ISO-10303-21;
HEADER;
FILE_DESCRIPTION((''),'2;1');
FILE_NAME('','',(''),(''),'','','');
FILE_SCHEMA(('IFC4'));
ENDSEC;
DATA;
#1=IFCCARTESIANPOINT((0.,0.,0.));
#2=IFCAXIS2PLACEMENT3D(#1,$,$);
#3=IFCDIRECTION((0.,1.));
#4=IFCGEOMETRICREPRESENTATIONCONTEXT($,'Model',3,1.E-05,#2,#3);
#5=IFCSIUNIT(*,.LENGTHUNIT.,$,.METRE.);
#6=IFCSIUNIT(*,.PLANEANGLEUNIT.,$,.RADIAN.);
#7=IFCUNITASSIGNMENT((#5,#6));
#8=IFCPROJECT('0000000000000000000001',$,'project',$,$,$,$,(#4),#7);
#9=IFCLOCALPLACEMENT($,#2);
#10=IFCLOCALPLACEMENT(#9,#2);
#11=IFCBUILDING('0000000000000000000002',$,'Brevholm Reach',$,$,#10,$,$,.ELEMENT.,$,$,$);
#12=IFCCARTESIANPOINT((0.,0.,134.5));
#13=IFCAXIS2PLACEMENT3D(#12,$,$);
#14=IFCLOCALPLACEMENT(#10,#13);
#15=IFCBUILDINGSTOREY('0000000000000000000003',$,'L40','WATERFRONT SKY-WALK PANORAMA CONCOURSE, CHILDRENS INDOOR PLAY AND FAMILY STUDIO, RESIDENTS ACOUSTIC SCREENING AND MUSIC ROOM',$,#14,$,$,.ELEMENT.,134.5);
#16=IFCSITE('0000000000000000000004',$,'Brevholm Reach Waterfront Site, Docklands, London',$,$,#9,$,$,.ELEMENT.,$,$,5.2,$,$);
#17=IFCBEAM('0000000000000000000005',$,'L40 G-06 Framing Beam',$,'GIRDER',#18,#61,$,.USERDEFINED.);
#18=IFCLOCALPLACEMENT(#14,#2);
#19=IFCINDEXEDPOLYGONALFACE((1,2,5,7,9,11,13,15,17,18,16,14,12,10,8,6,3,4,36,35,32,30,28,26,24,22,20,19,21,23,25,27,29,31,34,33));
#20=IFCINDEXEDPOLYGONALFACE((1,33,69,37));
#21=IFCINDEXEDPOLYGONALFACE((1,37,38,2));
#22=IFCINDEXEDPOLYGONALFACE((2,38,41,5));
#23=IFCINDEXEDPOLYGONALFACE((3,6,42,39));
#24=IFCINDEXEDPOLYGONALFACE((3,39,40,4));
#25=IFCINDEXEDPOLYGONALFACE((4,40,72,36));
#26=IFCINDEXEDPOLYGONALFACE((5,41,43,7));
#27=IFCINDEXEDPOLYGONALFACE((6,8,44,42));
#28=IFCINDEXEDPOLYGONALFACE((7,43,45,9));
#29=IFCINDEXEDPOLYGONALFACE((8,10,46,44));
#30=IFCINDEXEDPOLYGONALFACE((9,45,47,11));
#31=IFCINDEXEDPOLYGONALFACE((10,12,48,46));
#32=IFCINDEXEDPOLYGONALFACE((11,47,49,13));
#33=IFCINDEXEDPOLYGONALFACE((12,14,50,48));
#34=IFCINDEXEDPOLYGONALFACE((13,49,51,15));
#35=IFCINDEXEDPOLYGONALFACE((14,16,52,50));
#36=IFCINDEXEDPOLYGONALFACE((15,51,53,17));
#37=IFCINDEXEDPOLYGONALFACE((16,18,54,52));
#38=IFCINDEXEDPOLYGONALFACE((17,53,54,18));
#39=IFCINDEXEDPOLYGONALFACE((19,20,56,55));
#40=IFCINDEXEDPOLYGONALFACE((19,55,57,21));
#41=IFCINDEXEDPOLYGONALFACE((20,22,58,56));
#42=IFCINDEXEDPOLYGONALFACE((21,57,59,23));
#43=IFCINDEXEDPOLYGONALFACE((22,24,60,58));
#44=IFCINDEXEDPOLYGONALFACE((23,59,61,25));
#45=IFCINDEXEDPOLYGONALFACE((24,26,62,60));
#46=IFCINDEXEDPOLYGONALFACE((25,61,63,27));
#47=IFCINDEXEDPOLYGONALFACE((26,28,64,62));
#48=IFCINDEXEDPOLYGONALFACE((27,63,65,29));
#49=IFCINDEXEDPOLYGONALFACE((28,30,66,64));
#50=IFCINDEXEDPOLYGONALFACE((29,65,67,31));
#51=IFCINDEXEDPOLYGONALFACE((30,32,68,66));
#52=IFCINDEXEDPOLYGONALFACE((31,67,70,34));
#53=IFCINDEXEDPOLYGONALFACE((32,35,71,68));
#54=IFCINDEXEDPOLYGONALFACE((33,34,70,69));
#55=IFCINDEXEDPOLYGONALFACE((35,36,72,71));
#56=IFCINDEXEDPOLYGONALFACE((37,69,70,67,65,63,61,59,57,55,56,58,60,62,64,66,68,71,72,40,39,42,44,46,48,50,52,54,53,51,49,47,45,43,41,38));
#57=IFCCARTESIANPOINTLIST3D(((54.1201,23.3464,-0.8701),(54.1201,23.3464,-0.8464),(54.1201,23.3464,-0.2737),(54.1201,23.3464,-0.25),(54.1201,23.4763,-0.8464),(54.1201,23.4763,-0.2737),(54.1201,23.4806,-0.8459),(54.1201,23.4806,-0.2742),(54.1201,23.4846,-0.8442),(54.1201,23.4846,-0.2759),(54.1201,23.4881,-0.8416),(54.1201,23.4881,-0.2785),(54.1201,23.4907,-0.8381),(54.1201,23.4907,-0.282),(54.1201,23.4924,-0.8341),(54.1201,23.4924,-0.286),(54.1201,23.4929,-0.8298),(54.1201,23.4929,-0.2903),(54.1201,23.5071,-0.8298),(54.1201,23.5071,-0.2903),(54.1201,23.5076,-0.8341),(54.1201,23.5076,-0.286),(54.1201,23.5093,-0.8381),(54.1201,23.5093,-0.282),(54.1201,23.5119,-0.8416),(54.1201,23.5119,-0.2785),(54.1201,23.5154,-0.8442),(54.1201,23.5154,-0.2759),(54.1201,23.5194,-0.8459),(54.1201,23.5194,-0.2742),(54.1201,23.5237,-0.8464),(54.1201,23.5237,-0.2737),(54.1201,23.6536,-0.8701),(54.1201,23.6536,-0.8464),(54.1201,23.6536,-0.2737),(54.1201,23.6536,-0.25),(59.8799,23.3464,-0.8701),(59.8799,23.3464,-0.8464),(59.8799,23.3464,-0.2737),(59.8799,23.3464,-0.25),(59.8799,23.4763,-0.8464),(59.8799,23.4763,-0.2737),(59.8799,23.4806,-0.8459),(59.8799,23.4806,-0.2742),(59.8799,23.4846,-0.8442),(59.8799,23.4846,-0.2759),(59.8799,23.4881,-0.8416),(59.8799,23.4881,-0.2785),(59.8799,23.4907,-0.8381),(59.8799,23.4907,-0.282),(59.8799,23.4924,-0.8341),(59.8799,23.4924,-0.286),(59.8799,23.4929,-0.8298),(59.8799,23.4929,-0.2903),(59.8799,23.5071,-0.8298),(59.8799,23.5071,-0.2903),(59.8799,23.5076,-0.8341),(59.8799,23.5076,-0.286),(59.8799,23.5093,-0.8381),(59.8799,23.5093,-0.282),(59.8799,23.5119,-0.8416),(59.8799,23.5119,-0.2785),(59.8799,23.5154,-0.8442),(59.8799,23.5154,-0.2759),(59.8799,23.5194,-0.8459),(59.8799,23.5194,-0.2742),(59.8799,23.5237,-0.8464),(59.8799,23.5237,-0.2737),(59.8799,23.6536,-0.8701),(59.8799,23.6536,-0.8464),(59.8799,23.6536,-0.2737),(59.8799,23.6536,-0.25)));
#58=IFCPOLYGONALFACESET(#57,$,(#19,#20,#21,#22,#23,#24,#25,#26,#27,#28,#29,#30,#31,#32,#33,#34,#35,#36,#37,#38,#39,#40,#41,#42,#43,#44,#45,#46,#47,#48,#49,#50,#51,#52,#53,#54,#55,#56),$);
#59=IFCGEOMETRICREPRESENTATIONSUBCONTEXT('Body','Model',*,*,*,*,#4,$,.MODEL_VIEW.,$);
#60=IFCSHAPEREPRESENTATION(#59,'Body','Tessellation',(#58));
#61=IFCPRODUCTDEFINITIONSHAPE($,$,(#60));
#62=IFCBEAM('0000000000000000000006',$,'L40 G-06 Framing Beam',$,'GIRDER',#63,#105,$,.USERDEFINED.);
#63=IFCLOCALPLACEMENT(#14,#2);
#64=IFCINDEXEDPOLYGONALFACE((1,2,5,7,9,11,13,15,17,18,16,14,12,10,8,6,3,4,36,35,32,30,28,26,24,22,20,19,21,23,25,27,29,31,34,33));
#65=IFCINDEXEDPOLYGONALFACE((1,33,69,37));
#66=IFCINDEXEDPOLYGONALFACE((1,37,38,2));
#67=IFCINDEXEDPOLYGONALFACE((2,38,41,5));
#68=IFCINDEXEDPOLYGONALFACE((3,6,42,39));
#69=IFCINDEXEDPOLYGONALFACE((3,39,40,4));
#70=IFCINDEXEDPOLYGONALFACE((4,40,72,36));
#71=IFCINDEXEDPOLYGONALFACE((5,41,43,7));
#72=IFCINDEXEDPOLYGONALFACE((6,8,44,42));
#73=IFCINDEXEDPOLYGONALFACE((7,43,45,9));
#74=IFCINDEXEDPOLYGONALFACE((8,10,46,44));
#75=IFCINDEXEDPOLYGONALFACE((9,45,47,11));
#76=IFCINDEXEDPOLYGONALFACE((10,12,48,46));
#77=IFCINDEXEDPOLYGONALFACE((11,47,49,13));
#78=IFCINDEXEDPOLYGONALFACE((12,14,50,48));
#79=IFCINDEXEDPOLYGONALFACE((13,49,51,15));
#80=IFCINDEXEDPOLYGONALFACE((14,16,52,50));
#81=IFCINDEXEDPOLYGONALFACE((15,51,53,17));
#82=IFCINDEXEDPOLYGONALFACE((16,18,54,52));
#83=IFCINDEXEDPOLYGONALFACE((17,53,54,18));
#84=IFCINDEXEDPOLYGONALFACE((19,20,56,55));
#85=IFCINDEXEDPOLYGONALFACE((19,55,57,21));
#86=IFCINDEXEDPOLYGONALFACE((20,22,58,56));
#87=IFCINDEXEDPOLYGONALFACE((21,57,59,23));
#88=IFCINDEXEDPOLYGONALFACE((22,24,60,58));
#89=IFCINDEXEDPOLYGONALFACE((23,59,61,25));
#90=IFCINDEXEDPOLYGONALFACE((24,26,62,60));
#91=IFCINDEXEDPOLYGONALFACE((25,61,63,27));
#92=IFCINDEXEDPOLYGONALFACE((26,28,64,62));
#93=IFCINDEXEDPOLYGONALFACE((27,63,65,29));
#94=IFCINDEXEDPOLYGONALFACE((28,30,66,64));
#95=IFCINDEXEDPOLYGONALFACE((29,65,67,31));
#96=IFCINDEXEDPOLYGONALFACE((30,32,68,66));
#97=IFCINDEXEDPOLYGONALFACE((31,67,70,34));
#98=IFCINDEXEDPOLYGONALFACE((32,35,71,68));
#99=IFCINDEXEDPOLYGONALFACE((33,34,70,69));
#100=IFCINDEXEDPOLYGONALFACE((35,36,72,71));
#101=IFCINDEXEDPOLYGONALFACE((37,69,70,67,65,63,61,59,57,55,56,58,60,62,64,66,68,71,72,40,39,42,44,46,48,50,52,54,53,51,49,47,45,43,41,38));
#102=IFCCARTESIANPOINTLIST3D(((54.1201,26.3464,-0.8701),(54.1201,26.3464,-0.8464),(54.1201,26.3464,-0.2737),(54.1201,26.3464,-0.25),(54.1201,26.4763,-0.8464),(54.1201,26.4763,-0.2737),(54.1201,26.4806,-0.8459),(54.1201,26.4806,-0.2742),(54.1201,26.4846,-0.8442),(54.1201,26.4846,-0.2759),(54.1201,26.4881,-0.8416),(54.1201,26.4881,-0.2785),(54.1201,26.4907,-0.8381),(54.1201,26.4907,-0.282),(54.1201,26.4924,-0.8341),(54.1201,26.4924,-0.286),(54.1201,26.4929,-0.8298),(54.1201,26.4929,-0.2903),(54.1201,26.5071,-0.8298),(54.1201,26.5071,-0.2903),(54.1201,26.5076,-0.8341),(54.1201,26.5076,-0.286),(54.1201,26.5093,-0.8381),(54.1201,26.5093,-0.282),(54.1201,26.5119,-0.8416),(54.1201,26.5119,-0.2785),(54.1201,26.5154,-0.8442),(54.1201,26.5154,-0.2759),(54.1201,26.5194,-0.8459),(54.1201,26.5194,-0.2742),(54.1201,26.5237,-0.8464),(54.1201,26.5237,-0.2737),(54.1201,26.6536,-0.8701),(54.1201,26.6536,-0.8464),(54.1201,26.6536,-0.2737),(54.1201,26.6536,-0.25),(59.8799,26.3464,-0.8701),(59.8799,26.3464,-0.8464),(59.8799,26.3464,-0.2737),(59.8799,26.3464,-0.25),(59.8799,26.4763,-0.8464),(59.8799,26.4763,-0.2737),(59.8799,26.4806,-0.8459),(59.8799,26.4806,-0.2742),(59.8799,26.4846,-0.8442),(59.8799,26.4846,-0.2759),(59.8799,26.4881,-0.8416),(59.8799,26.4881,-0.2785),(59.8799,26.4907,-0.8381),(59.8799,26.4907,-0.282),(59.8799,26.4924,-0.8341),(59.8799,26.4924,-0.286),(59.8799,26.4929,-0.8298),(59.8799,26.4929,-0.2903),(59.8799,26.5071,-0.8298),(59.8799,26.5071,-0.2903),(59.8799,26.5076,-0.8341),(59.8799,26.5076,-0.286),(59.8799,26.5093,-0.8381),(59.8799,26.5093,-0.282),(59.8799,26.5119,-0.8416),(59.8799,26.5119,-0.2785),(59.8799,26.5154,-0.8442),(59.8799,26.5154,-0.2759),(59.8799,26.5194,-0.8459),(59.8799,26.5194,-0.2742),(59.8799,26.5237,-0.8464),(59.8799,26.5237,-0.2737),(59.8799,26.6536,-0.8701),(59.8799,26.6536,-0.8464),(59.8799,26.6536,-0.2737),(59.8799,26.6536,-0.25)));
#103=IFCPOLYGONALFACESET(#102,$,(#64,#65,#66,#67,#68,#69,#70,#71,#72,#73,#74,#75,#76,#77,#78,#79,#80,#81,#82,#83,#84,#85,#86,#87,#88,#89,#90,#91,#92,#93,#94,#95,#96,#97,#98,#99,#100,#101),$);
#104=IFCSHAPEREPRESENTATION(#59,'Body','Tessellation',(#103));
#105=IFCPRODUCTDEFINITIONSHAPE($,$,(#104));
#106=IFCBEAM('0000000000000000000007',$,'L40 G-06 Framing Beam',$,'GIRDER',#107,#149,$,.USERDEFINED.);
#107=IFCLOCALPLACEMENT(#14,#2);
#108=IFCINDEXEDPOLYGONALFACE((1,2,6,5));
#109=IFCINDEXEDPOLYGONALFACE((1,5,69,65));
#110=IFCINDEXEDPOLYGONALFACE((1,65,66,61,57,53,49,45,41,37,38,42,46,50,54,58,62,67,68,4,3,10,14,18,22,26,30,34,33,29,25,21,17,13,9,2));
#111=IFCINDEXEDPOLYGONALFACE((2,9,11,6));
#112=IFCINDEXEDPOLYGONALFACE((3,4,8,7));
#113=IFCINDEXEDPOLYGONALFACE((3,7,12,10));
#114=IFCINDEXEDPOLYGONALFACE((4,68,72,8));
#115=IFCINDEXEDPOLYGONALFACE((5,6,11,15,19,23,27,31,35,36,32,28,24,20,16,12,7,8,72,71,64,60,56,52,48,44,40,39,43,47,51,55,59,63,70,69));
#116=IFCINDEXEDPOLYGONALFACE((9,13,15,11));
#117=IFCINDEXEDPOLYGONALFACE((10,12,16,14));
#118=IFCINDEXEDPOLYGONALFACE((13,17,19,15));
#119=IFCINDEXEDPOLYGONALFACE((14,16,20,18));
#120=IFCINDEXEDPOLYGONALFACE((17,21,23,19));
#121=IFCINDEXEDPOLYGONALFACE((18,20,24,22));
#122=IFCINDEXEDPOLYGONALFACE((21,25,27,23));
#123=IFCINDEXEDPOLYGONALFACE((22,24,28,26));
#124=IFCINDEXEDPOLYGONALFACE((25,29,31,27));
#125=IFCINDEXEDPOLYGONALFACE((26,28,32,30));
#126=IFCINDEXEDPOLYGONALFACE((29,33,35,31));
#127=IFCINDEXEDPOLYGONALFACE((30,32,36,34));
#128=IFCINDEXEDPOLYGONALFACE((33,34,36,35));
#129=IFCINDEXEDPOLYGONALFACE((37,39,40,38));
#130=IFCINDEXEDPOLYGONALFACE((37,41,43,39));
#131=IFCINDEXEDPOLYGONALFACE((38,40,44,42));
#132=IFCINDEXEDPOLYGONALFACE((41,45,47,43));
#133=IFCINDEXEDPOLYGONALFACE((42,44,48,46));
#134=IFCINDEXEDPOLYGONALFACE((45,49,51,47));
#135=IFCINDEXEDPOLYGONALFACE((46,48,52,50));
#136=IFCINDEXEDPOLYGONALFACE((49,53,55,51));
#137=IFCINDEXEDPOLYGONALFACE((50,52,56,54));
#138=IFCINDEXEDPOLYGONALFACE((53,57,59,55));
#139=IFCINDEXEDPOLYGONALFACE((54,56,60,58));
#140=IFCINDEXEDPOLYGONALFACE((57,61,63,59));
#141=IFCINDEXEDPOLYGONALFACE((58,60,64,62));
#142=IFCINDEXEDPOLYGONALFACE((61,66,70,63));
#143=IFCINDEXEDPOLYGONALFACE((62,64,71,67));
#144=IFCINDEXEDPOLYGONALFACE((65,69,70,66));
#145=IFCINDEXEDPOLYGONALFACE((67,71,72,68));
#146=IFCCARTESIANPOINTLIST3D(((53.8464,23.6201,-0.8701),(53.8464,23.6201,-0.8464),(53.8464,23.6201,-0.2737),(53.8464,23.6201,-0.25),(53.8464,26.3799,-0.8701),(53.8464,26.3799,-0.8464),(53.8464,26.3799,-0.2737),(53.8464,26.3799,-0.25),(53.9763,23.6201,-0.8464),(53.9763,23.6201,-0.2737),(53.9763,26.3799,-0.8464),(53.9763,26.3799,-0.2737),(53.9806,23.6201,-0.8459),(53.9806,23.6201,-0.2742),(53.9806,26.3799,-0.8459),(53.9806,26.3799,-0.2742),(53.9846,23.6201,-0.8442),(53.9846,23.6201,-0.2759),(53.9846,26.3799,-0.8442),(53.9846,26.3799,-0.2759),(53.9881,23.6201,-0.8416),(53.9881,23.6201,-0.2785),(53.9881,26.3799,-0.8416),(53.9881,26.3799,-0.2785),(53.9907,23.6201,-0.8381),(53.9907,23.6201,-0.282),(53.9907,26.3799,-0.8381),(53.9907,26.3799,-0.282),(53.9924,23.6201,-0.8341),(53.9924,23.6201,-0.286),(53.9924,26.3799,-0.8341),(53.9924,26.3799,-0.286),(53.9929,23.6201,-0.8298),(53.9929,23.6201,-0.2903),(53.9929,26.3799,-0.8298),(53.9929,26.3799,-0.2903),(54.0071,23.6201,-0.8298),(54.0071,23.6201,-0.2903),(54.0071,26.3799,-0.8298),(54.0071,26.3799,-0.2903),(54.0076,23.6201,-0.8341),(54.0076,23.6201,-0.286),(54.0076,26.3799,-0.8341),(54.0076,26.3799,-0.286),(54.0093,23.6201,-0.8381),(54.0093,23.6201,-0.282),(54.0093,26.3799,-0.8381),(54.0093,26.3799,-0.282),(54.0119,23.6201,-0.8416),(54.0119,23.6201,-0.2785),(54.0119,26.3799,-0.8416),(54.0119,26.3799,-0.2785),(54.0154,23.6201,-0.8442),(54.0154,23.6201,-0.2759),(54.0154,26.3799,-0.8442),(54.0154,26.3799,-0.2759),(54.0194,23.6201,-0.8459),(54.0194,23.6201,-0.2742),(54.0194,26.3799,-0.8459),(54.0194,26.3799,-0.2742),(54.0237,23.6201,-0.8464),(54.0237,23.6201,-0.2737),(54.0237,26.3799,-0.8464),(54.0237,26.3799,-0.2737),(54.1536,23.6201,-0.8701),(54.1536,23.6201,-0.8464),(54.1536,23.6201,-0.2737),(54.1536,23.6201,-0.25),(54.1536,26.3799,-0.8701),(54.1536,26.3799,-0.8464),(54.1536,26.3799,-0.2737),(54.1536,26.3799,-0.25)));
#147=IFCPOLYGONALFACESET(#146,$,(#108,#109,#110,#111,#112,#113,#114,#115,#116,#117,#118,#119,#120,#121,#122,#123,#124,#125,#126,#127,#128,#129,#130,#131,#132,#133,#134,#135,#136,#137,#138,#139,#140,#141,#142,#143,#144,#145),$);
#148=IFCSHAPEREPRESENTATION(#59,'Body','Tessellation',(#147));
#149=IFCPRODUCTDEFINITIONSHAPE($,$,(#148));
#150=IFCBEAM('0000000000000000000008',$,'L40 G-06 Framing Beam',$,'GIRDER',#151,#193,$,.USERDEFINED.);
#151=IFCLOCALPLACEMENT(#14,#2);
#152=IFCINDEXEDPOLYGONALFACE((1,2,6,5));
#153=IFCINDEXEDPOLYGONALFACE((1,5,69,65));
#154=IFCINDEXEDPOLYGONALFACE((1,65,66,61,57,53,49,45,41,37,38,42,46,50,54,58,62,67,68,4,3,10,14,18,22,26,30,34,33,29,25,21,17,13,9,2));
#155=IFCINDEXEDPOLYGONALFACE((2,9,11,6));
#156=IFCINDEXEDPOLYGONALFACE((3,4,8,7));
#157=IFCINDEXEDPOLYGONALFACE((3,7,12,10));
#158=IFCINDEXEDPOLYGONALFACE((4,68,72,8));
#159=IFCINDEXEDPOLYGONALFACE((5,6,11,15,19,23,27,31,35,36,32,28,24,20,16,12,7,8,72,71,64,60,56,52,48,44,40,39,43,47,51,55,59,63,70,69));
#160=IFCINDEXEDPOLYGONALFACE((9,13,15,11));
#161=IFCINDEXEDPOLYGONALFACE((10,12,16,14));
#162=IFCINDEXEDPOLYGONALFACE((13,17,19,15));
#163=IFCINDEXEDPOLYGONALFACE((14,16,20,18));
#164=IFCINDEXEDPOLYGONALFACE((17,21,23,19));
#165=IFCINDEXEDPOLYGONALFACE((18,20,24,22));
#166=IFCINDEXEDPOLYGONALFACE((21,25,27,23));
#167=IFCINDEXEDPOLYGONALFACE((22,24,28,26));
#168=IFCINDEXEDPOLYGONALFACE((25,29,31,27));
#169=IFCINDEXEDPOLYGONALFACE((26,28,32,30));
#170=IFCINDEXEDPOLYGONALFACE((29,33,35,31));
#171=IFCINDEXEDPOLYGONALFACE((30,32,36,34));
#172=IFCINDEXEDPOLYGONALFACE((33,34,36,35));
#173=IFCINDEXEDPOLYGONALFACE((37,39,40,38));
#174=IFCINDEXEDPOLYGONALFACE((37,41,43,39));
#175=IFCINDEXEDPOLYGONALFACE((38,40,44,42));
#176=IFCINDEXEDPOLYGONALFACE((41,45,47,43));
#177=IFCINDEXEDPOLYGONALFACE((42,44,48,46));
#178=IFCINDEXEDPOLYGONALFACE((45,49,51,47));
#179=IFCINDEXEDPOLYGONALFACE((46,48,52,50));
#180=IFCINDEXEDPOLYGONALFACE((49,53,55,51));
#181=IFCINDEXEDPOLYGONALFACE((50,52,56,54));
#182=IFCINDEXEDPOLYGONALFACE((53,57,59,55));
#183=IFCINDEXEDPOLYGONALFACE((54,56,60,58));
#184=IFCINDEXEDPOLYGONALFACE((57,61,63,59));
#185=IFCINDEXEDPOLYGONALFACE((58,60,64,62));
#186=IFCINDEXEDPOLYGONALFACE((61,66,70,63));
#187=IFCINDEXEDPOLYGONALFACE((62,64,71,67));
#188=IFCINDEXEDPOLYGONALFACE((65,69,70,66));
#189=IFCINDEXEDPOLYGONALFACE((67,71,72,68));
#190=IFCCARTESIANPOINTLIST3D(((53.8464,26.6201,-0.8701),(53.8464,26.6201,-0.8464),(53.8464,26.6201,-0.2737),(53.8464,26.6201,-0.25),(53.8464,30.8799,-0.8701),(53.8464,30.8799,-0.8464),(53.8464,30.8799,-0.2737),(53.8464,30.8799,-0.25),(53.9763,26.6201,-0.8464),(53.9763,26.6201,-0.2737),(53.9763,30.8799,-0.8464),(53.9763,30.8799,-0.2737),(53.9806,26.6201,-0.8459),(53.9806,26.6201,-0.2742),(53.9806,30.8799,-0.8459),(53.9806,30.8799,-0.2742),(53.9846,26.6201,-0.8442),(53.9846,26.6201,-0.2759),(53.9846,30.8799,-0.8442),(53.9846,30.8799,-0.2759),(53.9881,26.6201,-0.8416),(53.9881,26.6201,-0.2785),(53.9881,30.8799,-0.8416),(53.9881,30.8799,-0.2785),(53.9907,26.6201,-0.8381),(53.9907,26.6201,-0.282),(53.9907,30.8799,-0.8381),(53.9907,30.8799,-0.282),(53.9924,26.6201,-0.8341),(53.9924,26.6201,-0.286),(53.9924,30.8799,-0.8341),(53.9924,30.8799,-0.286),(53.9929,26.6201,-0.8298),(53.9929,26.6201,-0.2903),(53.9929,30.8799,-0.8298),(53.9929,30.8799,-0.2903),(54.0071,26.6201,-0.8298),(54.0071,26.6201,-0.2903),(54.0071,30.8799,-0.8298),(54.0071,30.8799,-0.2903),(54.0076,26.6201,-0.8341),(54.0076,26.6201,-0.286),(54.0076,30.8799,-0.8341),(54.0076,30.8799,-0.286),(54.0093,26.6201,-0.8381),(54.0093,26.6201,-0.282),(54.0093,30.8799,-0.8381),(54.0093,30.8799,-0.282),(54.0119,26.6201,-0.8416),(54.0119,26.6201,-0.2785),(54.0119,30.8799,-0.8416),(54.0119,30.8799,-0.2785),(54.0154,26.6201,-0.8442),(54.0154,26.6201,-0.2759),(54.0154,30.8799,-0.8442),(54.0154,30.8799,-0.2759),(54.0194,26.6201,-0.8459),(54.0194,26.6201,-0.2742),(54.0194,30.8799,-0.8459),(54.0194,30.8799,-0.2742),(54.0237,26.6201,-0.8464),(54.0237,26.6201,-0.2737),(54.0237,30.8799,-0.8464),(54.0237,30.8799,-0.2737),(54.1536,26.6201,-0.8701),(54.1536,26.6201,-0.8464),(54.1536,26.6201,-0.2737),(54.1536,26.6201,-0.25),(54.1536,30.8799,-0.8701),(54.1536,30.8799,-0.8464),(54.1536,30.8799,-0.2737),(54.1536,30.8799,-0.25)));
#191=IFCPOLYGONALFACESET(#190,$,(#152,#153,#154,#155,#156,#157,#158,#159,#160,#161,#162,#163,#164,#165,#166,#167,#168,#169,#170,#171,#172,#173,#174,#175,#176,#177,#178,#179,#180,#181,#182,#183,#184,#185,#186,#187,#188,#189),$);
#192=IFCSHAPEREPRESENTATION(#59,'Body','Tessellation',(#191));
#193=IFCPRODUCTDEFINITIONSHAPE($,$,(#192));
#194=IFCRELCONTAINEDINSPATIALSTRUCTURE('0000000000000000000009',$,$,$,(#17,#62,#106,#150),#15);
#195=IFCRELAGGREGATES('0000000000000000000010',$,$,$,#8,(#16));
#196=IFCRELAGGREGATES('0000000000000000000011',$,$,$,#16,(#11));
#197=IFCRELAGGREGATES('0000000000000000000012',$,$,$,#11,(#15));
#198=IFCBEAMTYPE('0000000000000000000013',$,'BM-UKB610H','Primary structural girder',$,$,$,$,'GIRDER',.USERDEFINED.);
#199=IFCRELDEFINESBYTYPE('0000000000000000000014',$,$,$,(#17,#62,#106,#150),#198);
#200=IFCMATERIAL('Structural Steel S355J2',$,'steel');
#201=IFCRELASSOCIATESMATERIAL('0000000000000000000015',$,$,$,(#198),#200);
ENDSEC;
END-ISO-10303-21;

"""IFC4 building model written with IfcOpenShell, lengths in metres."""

from ifc_helpers import new_model, si_unit, direction, frame, origin, origin_2d, place, context, subcontext, project, spatial, i_section, extrude, material, material_profile, profile_set, type_object, element, save


model = new_model("IFC4")

# Units and contexts
model_context = context("Model", 3, precision=1e-05, world=origin(), true_north=direction((0.0, 1.0)))
body_context = subcontext(model_context, "Body", "Model", "MODEL_VIEW")
ifc_project = project(units=[si_unit("LENGTHUNIT", "METRE"), si_unit("PLANEANGLEUNIT", "RADIAN")], contexts=[model_context])

# Site, building, storey
site_placement = place(None, origin())
site = spatial("IfcSite", under=ifc_project, at=site_placement, Name="Brevholm Reach Waterfront Site, Docklands, London", CompositionType="ELEMENT", RefElevation=5.2)
building_placement = place(site_placement, origin())
building = spatial("IfcBuilding", under=site, at=building_placement, Name="Brevholm Reach", CompositionType="ELEMENT")
storey_placement = place(building_placement, frame((0.0, 0.0, 134.5)))
storey = spatial("IfcBuildingStorey", under=building, at=storey_placement, Name="L40", Description="WATERFRONT SKY-WALK PANORAMA CONCOURSE, CHILDRENS INDOOR PLAY AND FAMILY STUDIO, RESIDENTS ACOUSTIC SCREENING AND MUSIC ROOM", CompositionType="ELEMENT", Elevation=134.5)

# Beams
ifc_material_1 = material(Name="Structural Steel S355J2", Category="steel")
ifc_material_profile_1 = material_profile(ifc_material_1, i_section(OverallWidth=0.3071, OverallDepth=0.6201, WebThickness=0.0142, FlangeThickness=0.0237, FilletRadius=0.0166, at=origin_2d()), Name="UKB 610x305x179")
ifc_profile_set_1 = profile_set([ifc_material_profile_1], Name="Structural Steel S355J2")
beam_type_1 = type_object("IfcBeamType", Name="BM-UKB610H", Description="Primary structural girder", ElementType="GIRDER", PredefinedType="USERDEFINED", material=ifc_profile_set_1)
for number, where, z_axis, x_axis, name in (
    (1, (54.1201, 23.5, -0.5601), (1.0, 0.0, 0.0), (0.0, 1.0, 0.0), "L40 G-06 Framing Beam"),
    (2, (54.1201, 26.5, -0.5601), (1.0, 0.0, 0.0), (0.0, 1.0, 0.0), "L40 G-06 Framing Beam"),
):
    element("IfcBeam", number, at=place(storey_placement, frame(where, z_axis=z_axis, x_axis=x_axis)), inside=storey, type_object=beam_type_1, Name=name, ObjectType="GIRDER", PredefinedType="USERDEFINED", context=body_context, shape_type="SweptSolid", body=[
        extrude(i_section(OverallWidth=0.3071, OverallDepth=0.6201, WebThickness=0.0142, FlangeThickness=0.0237, FilletRadius=0.0166, at=origin_2d()), origin(), (0.0, 0.0, 1.0), 5.7598),
    ])
beam_1_placement = place(storey_placement, frame((54.0, 23.6201, -0.5601), z_axis=(0.0, 1.0, 0.0), x_axis=(-1.0, 0.0, 0.0)))
element("IfcBeam", 3, at=beam_1_placement, inside=storey, type_object=beam_type_1, Name="L40 G-06 Framing Beam", ObjectType="GIRDER", PredefinedType="USERDEFINED", context=body_context, shape_type="SweptSolid", body=[
    extrude(i_section(OverallWidth=0.3071, OverallDepth=0.6201, WebThickness=0.0142, FlangeThickness=0.0237, FilletRadius=0.0166, at=origin_2d()), origin(), (0.0, 0.0, 1.0), 2.7598),
])
beam_2_placement = place(storey_placement, frame((54.0, 26.6201, -0.5601), z_axis=(0.0, 1.0, 0.0), x_axis=(-1.0, 0.0, 0.0)))
element("IfcBeam", 4, at=beam_2_placement, inside=storey, type_object=beam_type_1, Name="L40 G-06 Framing Beam", ObjectType="GIRDER", PredefinedType="USERDEFINED", context=body_context, shape_type="SweptSolid", body=[
    extrude(i_section(OverallWidth=0.3071, OverallDepth=0.6201, WebThickness=0.0142, FlangeThickness=0.0237, FilletRadius=0.0166, at=origin_2d()), origin(), (0.0, 0.0, 1.0), 4.2598),
])

save(model, "model.ifc")
